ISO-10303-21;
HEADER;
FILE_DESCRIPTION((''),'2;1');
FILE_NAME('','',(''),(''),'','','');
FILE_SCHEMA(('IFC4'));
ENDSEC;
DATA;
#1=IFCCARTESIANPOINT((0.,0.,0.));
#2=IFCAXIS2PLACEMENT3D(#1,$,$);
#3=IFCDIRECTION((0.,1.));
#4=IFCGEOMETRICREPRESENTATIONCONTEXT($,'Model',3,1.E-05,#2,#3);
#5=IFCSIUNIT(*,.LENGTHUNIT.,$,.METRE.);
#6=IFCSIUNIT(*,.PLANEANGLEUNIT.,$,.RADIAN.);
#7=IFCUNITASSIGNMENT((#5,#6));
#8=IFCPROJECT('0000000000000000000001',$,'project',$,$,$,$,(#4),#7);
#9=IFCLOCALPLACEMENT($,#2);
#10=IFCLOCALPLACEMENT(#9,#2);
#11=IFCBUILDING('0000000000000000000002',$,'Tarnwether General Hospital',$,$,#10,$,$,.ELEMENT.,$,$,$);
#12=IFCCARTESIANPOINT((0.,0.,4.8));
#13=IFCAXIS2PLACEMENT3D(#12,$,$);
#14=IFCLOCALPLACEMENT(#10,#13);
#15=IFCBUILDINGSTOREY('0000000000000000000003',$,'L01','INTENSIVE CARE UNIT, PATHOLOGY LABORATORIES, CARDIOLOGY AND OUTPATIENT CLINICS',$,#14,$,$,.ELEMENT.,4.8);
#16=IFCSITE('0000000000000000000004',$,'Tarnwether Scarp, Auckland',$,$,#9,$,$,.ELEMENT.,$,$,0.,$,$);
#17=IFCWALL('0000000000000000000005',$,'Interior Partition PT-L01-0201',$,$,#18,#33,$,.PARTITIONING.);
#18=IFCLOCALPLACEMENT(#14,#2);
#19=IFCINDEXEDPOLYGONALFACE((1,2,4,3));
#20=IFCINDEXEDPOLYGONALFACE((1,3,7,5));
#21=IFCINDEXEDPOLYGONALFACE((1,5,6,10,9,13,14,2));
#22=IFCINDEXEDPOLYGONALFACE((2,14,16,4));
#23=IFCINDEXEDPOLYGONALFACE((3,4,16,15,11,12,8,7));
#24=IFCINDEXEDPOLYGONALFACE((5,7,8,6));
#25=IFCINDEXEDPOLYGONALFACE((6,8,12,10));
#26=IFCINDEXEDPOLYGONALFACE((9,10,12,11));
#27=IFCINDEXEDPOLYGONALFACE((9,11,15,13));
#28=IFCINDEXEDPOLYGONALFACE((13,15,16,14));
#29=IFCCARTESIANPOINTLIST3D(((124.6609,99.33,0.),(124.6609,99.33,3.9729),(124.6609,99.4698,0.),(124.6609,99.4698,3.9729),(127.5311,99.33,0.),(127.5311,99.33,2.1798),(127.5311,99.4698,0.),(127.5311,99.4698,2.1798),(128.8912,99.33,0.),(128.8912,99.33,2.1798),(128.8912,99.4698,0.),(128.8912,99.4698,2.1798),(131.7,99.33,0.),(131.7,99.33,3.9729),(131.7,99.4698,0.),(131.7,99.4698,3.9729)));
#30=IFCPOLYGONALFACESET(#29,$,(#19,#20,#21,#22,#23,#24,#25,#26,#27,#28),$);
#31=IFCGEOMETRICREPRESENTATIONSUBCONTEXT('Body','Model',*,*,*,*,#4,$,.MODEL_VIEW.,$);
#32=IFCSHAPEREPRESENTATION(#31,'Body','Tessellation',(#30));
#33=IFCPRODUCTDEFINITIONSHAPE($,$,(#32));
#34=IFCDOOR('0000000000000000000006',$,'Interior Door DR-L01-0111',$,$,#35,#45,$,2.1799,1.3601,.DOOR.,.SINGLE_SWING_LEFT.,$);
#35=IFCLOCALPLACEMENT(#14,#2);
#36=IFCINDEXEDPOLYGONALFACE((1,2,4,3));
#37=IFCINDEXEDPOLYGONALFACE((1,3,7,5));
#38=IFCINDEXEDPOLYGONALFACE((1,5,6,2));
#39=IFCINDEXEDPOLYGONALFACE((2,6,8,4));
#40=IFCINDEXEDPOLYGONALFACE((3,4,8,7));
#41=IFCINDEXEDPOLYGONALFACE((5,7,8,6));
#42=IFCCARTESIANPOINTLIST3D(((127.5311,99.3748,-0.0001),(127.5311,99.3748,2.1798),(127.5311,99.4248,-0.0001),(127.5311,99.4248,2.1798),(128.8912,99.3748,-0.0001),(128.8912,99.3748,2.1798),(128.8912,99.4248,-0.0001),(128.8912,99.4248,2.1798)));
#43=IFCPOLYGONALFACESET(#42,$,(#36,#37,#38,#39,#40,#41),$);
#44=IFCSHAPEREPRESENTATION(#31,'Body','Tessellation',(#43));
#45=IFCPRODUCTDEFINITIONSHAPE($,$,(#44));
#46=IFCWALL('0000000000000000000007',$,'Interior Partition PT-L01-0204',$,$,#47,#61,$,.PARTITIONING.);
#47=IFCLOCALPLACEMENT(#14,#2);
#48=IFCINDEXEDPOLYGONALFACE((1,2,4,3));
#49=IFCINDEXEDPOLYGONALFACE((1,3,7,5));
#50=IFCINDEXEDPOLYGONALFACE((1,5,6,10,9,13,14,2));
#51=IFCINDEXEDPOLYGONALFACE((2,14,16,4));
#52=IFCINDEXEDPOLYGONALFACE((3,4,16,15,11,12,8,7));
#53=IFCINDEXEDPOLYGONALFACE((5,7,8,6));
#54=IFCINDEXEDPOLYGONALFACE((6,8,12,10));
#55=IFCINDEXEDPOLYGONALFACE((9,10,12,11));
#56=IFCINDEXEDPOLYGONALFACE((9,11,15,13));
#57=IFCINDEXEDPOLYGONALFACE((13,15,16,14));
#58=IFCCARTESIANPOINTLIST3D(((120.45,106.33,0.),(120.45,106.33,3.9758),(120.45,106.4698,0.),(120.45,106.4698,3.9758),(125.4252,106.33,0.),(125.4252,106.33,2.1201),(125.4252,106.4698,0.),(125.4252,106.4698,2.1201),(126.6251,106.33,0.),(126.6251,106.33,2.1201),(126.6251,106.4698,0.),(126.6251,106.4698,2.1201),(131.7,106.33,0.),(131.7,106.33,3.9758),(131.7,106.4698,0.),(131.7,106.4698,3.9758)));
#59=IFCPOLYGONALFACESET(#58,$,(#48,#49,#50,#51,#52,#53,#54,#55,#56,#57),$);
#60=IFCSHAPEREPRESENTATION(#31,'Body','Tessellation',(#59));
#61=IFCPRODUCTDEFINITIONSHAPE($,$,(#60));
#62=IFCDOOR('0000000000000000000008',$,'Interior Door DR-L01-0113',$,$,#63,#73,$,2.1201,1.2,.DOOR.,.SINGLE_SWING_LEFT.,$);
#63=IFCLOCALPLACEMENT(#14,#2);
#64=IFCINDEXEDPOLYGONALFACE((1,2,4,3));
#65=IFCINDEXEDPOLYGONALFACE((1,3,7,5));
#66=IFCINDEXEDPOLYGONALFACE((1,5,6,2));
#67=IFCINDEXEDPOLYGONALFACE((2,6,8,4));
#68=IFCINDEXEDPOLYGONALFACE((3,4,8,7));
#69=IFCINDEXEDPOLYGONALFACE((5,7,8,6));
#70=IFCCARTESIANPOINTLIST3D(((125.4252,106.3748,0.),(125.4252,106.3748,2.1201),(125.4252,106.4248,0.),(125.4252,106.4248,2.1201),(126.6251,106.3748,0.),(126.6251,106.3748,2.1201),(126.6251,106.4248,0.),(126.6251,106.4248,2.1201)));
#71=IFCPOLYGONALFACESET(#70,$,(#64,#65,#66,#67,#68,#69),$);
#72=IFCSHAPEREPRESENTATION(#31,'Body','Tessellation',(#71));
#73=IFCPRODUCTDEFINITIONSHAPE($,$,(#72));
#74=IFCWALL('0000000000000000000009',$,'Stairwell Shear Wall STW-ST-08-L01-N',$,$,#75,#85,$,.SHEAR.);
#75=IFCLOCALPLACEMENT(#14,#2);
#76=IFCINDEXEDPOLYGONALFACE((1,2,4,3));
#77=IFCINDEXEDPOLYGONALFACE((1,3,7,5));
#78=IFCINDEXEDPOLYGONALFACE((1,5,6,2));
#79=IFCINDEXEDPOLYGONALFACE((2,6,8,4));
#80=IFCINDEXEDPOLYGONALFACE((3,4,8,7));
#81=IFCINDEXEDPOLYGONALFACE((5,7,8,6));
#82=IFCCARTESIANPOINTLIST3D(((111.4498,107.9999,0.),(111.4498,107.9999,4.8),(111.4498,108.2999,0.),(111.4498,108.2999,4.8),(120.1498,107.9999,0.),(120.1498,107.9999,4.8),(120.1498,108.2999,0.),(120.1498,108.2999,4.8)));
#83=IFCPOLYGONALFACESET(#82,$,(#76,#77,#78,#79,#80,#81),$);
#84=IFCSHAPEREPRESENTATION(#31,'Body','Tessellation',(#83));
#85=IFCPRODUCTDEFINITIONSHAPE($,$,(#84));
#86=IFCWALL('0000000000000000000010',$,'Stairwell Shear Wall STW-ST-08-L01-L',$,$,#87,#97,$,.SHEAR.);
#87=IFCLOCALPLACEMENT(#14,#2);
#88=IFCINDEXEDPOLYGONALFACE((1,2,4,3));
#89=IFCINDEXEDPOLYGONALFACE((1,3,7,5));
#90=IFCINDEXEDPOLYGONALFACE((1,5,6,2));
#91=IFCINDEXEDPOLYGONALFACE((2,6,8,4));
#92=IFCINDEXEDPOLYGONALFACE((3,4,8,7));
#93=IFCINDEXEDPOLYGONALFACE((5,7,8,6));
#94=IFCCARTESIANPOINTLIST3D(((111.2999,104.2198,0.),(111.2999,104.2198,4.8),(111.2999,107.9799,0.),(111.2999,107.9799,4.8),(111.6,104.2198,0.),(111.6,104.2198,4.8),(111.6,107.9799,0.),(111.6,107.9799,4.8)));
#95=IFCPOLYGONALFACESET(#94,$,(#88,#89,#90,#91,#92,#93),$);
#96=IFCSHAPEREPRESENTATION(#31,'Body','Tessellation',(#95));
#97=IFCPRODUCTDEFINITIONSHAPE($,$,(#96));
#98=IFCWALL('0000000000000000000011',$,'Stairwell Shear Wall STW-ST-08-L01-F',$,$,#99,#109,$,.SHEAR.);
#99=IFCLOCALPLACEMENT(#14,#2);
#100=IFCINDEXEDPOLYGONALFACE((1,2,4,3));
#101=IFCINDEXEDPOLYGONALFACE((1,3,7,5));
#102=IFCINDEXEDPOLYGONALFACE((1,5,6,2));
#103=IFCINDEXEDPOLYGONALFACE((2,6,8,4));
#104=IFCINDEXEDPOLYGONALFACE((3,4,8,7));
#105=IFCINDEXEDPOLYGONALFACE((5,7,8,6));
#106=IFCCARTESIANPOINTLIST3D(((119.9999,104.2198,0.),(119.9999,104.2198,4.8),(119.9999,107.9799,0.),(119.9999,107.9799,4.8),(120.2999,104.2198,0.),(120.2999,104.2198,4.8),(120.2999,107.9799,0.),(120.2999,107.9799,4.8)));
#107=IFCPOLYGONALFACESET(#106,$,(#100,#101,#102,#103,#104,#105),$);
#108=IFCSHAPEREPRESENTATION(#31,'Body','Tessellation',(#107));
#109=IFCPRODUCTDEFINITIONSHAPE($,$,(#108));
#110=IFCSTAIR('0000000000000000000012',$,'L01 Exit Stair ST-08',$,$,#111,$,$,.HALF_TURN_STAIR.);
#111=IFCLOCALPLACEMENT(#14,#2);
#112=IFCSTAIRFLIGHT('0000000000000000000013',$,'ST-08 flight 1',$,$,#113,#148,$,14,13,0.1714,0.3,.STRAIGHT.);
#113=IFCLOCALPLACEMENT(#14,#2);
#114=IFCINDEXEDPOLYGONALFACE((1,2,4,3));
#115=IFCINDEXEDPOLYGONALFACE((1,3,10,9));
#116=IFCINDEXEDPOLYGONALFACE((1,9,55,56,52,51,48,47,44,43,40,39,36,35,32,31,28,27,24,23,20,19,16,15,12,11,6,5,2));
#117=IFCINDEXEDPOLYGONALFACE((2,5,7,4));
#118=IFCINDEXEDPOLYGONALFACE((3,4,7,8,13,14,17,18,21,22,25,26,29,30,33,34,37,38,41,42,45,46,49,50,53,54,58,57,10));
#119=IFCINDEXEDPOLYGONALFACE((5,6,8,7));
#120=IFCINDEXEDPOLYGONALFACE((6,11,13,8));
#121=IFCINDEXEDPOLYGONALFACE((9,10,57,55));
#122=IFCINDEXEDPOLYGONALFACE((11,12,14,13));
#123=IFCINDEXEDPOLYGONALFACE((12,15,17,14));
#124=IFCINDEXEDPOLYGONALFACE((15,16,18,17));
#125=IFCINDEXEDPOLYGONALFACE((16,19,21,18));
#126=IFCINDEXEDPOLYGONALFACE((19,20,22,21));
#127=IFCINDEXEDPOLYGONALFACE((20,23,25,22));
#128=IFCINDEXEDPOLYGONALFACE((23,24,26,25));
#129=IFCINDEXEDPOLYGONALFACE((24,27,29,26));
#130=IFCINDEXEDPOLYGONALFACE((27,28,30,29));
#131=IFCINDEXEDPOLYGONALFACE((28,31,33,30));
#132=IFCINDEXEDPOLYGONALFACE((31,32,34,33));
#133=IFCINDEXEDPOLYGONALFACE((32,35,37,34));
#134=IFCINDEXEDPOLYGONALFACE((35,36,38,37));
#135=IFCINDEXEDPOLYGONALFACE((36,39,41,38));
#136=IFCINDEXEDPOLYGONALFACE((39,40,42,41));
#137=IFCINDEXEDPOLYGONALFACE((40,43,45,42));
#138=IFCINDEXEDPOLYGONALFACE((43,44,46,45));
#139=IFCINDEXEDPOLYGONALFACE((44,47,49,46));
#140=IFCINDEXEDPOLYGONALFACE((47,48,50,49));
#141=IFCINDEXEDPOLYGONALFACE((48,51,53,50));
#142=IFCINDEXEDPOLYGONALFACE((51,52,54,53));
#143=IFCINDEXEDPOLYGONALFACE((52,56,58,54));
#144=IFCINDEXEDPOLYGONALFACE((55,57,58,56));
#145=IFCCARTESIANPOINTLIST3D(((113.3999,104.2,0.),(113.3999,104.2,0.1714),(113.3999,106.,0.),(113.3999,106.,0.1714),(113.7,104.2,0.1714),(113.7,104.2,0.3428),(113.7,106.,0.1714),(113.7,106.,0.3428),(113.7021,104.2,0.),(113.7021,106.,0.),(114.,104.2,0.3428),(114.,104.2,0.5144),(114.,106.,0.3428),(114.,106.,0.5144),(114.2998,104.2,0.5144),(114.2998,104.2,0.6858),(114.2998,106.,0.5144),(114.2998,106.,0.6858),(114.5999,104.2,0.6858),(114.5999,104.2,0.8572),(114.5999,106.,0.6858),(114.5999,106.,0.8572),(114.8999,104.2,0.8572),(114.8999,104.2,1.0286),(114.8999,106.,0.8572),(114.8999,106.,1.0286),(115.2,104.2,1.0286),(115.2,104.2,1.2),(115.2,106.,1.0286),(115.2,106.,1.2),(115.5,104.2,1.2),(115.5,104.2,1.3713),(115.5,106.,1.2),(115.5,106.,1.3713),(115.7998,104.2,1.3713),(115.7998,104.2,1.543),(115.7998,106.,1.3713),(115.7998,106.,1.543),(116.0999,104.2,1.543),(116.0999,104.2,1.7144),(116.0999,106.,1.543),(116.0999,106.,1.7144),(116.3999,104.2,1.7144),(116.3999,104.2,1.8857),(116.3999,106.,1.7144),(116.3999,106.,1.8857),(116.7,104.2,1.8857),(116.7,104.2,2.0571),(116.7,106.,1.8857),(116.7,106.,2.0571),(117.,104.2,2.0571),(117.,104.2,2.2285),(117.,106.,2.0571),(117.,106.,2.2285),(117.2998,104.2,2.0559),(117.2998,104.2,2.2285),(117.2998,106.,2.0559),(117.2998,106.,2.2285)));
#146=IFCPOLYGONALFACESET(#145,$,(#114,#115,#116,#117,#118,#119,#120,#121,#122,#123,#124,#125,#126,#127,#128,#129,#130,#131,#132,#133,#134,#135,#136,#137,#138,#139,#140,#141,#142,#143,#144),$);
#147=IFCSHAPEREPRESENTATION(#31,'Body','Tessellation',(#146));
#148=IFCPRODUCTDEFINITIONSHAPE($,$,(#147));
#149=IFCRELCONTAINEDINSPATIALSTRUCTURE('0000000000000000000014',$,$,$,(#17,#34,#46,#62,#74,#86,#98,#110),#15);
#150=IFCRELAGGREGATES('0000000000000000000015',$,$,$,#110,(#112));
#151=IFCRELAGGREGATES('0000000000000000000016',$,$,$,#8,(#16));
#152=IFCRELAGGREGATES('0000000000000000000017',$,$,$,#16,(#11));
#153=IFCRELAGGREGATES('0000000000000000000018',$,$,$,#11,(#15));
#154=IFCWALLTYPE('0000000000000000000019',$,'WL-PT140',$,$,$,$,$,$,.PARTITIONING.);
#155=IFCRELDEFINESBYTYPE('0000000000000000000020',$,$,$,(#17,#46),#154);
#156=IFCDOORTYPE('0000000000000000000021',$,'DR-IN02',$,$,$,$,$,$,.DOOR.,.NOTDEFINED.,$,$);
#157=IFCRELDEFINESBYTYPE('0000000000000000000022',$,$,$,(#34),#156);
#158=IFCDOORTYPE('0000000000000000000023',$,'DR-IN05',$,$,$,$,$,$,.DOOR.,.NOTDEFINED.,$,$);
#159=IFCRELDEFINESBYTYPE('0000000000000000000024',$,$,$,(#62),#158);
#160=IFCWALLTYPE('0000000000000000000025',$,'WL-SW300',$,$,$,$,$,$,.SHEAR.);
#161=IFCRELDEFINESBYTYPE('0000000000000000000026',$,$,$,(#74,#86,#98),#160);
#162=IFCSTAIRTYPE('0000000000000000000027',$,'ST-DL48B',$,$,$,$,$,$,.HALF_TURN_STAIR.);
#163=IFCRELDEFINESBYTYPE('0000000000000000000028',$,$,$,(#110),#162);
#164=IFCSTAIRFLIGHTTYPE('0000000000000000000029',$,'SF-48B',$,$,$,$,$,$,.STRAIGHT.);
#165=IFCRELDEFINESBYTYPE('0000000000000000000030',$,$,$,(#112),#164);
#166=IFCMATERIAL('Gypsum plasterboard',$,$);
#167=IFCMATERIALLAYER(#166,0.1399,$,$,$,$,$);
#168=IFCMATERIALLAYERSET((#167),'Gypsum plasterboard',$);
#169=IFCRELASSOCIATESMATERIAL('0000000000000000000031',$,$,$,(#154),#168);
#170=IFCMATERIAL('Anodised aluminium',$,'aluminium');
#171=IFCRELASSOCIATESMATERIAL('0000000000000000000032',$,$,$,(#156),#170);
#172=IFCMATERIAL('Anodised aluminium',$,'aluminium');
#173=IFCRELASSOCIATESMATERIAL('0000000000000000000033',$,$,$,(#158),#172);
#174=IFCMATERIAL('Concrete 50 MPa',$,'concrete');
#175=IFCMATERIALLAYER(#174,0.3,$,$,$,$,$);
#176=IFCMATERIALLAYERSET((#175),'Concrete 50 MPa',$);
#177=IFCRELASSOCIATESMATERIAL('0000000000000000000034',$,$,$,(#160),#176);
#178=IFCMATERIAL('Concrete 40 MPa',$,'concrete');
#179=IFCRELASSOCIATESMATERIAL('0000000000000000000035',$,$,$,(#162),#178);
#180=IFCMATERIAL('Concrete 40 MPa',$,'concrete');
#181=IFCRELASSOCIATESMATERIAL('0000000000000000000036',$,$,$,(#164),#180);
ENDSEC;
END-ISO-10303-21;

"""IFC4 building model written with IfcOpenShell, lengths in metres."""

from ifc_helpers import new_model, si_unit, direction, frame, frame_2d, origin, place, context, subcontext, project, spatial, polyline, rectangle, outline, extrude, material, layer, layer_set, type_object, element, fill, aggregate, save


model = new_model("IFC4")

# Units and contexts
model_context = context("Model", 3, precision=1e-05, world=origin(), true_north=direction((0.0, 1.0)))
body_context = subcontext(model_context, "Body", "Model", "MODEL_VIEW")
ifc_project = project(units=[si_unit("LENGTHUNIT", "METRE"), si_unit("PLANEANGLEUNIT", "RADIAN")], contexts=[model_context])

# Site, building, storey
site_placement = place(None, origin())
site = spatial("IfcSite", under=ifc_project, at=site_placement, Name="Tarnwether Scarp, Auckland", CompositionType="ELEMENT", RefElevation=0.0)
building_placement = place(site_placement, origin())
building = spatial("IfcBuilding", under=site, at=building_placement, Name="Tarnwether General Hospital", CompositionType="ELEMENT")
storey_placement = place(building_placement, frame((0.0, 0.0, 4.8)))
storey = spatial("IfcBuildingStorey", under=building, at=storey_placement, Name="L01", Description="INTENSIVE CARE UNIT, PATHOLOGY LABORATORIES, CARDIOLOGY AND OUTPATIENT CLINICS", CompositionType="ELEMENT", Elevation=4.8)

# Walls, openings, doors
ifc_material_1 = material(Name="Gypsum plasterboard")
ifc_layer_1 = layer(ifc_material_1, 0.1399)
ifc_layer_set_1 = layer_set([ifc_layer_1], Name="Gypsum plasterboard")
wall_type_1 = type_object("IfcWallType", Name="WL-PT140", PredefinedType="PARTITIONING", material=ifc_layer_set_1)
wall_1_placement = place(storey_placement, frame((124.6609, 99.3999, 0.0), z_axis=(0.0, 0.0, 1.0), x_axis=(1.0, 0.0, 0.0)))
wall_1 = element("IfcWall", 1, at=wall_1_placement, inside=storey, type_object=wall_type_1, Name="Interior Partition PT-L01-0201", PredefinedType="PARTITIONING", context=body_context, shape_type="SweptSolid", body=[
    extrude(rectangle(XDim=7.0391, YDim=0.1399, at=frame_2d((3.5195, 0.0))), origin(), (0.0, 0.0, 1.0), 3.9729),
])
opening_1_placement = place(wall_1_placement, frame((2.8701, 0.0, 0.0)))
opening_1 = element("IfcOpeningElement", 2, at=opening_1_placement, cuts=wall_1, PredefinedType="OPENING", context=body_context, shape_type="SweptSolid", body=[
    extrude(rectangle(XDim=1.3601, YDim=2.1799, at=frame_2d((0.6802, 1.0898))), frame((0.0, 0.0801, 0.0), z_axis=(0.0, -1.0, 0.0), x_axis=(1.0, 0.0, 0.0)), (0.0, 0.0, 1.0), 0.1599),
])
ifc_material_2 = material(Name="Anodised aluminium", Category="aluminium")
door_type_1 = type_object("IfcDoorType", Name="DR-IN02", OperationType="NOTDEFINED", PredefinedType="DOOR", material=ifc_material_2)
door_1_placement = place(opening_1_placement, origin())
door_1 = element("IfcDoor", 3, at=door_1_placement, inside=storey, type_object=door_type_1, Name="Interior Door DR-L01-0111", OperationType="SINGLE_SWING_LEFT", OverallHeight=2.1799, OverallWidth=1.3601, PredefinedType="DOOR", context=body_context, shape_type="SweptSolid", body=[
    extrude(rectangle(XDim=1.3601, YDim=2.1799, at=frame_2d((0.6802, 1.0898))), frame((0.0, 0.0249, 0.0), z_axis=(0.0, -1.0, 0.0), x_axis=(1.0, 0.0, 0.0)), (0.0, 0.0, 1.0), 0.05),
])
fill(opening_1, door_1)
wall_2_placement = place(storey_placement, frame((120.45, 106.3999, 0.0), z_axis=(0.0, 0.0, 1.0), x_axis=(1.0, 0.0, 0.0)))
wall_2 = element("IfcWall", 4, at=wall_2_placement, inside=storey, type_object=wall_type_1, Name="Interior Partition PT-L01-0204", PredefinedType="PARTITIONING", context=body_context, shape_type="SweptSolid", body=[
    extrude(rectangle(XDim=11.25, YDim=0.1399, at=frame_2d((5.625, 0.0))), origin(), (0.0, 0.0, 1.0), 3.9758),
])
opening_2_placement = place(wall_2_placement, frame((4.9751, 0.0, 0.0)))
opening_2 = element("IfcOpeningElement", 5, at=opening_2_placement, cuts=wall_2, PredefinedType="OPENING", context=body_context, shape_type="SweptSolid", body=[
    extrude(rectangle(XDim=1.2, YDim=2.1201, at=frame_2d((0.6001, 1.0601))), frame((0.0, 0.0801, 0.0), z_axis=(0.0, -1.0, 0.0), x_axis=(1.0, 0.0, 0.0)), (0.0, 0.0, 1.0), 0.1599),
])
ifc_material_3 = material(Name="Anodised aluminium", Category="aluminium")
door_type_2 = type_object("IfcDoorType", Name="DR-IN05", OperationType="NOTDEFINED", PredefinedType="DOOR", material=ifc_material_3)
door_2_placement = place(opening_2_placement, origin())
door_2 = element("IfcDoor", 6, at=door_2_placement, inside=storey, type_object=door_type_2, Name="Interior Door DR-L01-0113", OperationType="SINGLE_SWING_LEFT", OverallHeight=2.1201, OverallWidth=1.2, PredefinedType="DOOR", context=body_context, shape_type="SweptSolid", body=[
    extrude(rectangle(XDim=1.2, YDim=2.1201, at=frame_2d((0.6001, 1.0601))), frame((0.0, 0.0249, 0.0), z_axis=(0.0, -1.0, 0.0), x_axis=(1.0, 0.0, 0.0)), (0.0, 0.0, 1.0), 0.05),
])
fill(opening_2, door_2)

# Walls
ifc_material_4 = material(Name="Concrete 50 MPa", Category="concrete")
ifc_layer_2 = layer(ifc_material_4, 0.3)
ifc_layer_set_2 = layer_set([ifc_layer_2], Name="Concrete 50 MPa")
wall_type_2 = type_object("IfcWallType", Name="WL-SW300", PredefinedType="SHEAR", material=ifc_layer_set_2)
wall_3_placement = place(storey_placement, frame((120.1499, 108.1499, 0.0), z_axis=(0.0, 0.0, 1.0), x_axis=(-1.0, 0.0, 0.0)))
element("IfcWall", 7, at=wall_3_placement, inside=storey, type_object=wall_type_2, Name="Stairwell Shear Wall STW-ST-08-L01-N", PredefinedType="SHEAR", context=body_context, shape_type="SweptSolid", body=[
    extrude(rectangle(XDim=8.7, YDim=0.3, at=frame_2d((4.3501, 0.0))), origin(), (0.0, 0.0, 1.0), 4.8),
])
for number, where, z_axis, x_axis, name in (
    (8, (111.45, 104.22, 0.0), (0.0, 0.0, 1.0), (0.0, 1.0, 0.0), "Stairwell Shear Wall STW-ST-08-L01-L"),
    (9, (120.1499, 104.22, 0.0), (0.0, 0.0, 1.0), (0.0, 1.0, 0.0), "Stairwell Shear Wall STW-ST-08-L01-F"),
):
    element("IfcWall", number, at=place(storey_placement, frame(where, z_axis=z_axis, x_axis=x_axis)), inside=storey, type_object=wall_type_2, Name=name, PredefinedType="SHEAR", context=body_context, shape_type="SweptSolid", body=[
        extrude(rectangle(XDim=3.76, YDim=0.3, at=frame_2d((1.8799, 0.0))), origin(), (0.0, 0.0, 1.0), 4.8),
    ])

# Stair, stair flight
ifc_material_5 = material(Name="Concrete 40 MPa", Category="concrete")
stair_type = type_object("IfcStairType", Name="ST-DL48B", PredefinedType="HALF_TURN_STAIR", material=ifc_material_5)
stair_placement = place(storey_placement, origin())
stair = element("IfcStair", 10, at=stair_placement, inside=storey, type_object=stair_type, Name="L01 Exit Stair ST-08", PredefinedType="HALF_TURN_STAIR")
ifc_material_6 = material(Name="Concrete 40 MPa", Category="concrete")
stair_flight_type = type_object("IfcStairFlightType", Name="SF-48B", PredefinedType="STRAIGHT", material=ifc_material_6)
stair_flight_1_placement = place(storey_placement, frame((113.3999, 105.1001, 0.0), z_axis=(0.0, 0.0, 1.0), x_axis=(1.0, 0.0, 0.0)))
stair_flight_1 = element("IfcStairFlight", 11, at=stair_flight_1_placement, type_object=stair_flight_type, Name="ST-08 flight 1", NumberOfRisers=14, NumberOfTreads=13, PredefinedType="STRAIGHT", RiserHeight=0.1714, TreadLength=0.3, context=body_context, shape_type="SweptSolid", body=[
    extrude(outline(polyline([(0.0, 0.0), (0.0, 0.1714), (0.3, 0.1714), (0.3, 0.3428), (0.6001, 0.3428), (0.6001, 0.5144), (0.8999, 0.5144), (0.8999, 0.6858), (1.2, 0.6858), (1.2, 0.8572), (1.5, 0.8572), (1.5, 1.0286), (1.8, 1.0286), (1.8, 1.2), (2.1001, 1.2), (2.1001, 1.3713), (2.3999, 1.3713), (2.3999, 1.543), (2.7, 1.543), (2.7, 1.7144), (3.0, 1.7144), (3.0, 1.8857), (3.3, 1.8857), (3.3, 2.0571), (3.6001, 2.0571), (3.6001, 2.2285), (3.8999, 2.2285), (3.8999, 2.3999), (3.8999, 2.0559), (0.3022, 0.0), (0.0, 0.0)])), frame((0.0, 0.8999, 0.0), z_axis=(0.0, -1.0, 0.0), x_axis=(1.0, 0.0, 0.0)), (0.0, 0.0, 1.0), 1.8),
])
aggregate(stair, [stair_flight_1])

save(model, "model.ifc")
